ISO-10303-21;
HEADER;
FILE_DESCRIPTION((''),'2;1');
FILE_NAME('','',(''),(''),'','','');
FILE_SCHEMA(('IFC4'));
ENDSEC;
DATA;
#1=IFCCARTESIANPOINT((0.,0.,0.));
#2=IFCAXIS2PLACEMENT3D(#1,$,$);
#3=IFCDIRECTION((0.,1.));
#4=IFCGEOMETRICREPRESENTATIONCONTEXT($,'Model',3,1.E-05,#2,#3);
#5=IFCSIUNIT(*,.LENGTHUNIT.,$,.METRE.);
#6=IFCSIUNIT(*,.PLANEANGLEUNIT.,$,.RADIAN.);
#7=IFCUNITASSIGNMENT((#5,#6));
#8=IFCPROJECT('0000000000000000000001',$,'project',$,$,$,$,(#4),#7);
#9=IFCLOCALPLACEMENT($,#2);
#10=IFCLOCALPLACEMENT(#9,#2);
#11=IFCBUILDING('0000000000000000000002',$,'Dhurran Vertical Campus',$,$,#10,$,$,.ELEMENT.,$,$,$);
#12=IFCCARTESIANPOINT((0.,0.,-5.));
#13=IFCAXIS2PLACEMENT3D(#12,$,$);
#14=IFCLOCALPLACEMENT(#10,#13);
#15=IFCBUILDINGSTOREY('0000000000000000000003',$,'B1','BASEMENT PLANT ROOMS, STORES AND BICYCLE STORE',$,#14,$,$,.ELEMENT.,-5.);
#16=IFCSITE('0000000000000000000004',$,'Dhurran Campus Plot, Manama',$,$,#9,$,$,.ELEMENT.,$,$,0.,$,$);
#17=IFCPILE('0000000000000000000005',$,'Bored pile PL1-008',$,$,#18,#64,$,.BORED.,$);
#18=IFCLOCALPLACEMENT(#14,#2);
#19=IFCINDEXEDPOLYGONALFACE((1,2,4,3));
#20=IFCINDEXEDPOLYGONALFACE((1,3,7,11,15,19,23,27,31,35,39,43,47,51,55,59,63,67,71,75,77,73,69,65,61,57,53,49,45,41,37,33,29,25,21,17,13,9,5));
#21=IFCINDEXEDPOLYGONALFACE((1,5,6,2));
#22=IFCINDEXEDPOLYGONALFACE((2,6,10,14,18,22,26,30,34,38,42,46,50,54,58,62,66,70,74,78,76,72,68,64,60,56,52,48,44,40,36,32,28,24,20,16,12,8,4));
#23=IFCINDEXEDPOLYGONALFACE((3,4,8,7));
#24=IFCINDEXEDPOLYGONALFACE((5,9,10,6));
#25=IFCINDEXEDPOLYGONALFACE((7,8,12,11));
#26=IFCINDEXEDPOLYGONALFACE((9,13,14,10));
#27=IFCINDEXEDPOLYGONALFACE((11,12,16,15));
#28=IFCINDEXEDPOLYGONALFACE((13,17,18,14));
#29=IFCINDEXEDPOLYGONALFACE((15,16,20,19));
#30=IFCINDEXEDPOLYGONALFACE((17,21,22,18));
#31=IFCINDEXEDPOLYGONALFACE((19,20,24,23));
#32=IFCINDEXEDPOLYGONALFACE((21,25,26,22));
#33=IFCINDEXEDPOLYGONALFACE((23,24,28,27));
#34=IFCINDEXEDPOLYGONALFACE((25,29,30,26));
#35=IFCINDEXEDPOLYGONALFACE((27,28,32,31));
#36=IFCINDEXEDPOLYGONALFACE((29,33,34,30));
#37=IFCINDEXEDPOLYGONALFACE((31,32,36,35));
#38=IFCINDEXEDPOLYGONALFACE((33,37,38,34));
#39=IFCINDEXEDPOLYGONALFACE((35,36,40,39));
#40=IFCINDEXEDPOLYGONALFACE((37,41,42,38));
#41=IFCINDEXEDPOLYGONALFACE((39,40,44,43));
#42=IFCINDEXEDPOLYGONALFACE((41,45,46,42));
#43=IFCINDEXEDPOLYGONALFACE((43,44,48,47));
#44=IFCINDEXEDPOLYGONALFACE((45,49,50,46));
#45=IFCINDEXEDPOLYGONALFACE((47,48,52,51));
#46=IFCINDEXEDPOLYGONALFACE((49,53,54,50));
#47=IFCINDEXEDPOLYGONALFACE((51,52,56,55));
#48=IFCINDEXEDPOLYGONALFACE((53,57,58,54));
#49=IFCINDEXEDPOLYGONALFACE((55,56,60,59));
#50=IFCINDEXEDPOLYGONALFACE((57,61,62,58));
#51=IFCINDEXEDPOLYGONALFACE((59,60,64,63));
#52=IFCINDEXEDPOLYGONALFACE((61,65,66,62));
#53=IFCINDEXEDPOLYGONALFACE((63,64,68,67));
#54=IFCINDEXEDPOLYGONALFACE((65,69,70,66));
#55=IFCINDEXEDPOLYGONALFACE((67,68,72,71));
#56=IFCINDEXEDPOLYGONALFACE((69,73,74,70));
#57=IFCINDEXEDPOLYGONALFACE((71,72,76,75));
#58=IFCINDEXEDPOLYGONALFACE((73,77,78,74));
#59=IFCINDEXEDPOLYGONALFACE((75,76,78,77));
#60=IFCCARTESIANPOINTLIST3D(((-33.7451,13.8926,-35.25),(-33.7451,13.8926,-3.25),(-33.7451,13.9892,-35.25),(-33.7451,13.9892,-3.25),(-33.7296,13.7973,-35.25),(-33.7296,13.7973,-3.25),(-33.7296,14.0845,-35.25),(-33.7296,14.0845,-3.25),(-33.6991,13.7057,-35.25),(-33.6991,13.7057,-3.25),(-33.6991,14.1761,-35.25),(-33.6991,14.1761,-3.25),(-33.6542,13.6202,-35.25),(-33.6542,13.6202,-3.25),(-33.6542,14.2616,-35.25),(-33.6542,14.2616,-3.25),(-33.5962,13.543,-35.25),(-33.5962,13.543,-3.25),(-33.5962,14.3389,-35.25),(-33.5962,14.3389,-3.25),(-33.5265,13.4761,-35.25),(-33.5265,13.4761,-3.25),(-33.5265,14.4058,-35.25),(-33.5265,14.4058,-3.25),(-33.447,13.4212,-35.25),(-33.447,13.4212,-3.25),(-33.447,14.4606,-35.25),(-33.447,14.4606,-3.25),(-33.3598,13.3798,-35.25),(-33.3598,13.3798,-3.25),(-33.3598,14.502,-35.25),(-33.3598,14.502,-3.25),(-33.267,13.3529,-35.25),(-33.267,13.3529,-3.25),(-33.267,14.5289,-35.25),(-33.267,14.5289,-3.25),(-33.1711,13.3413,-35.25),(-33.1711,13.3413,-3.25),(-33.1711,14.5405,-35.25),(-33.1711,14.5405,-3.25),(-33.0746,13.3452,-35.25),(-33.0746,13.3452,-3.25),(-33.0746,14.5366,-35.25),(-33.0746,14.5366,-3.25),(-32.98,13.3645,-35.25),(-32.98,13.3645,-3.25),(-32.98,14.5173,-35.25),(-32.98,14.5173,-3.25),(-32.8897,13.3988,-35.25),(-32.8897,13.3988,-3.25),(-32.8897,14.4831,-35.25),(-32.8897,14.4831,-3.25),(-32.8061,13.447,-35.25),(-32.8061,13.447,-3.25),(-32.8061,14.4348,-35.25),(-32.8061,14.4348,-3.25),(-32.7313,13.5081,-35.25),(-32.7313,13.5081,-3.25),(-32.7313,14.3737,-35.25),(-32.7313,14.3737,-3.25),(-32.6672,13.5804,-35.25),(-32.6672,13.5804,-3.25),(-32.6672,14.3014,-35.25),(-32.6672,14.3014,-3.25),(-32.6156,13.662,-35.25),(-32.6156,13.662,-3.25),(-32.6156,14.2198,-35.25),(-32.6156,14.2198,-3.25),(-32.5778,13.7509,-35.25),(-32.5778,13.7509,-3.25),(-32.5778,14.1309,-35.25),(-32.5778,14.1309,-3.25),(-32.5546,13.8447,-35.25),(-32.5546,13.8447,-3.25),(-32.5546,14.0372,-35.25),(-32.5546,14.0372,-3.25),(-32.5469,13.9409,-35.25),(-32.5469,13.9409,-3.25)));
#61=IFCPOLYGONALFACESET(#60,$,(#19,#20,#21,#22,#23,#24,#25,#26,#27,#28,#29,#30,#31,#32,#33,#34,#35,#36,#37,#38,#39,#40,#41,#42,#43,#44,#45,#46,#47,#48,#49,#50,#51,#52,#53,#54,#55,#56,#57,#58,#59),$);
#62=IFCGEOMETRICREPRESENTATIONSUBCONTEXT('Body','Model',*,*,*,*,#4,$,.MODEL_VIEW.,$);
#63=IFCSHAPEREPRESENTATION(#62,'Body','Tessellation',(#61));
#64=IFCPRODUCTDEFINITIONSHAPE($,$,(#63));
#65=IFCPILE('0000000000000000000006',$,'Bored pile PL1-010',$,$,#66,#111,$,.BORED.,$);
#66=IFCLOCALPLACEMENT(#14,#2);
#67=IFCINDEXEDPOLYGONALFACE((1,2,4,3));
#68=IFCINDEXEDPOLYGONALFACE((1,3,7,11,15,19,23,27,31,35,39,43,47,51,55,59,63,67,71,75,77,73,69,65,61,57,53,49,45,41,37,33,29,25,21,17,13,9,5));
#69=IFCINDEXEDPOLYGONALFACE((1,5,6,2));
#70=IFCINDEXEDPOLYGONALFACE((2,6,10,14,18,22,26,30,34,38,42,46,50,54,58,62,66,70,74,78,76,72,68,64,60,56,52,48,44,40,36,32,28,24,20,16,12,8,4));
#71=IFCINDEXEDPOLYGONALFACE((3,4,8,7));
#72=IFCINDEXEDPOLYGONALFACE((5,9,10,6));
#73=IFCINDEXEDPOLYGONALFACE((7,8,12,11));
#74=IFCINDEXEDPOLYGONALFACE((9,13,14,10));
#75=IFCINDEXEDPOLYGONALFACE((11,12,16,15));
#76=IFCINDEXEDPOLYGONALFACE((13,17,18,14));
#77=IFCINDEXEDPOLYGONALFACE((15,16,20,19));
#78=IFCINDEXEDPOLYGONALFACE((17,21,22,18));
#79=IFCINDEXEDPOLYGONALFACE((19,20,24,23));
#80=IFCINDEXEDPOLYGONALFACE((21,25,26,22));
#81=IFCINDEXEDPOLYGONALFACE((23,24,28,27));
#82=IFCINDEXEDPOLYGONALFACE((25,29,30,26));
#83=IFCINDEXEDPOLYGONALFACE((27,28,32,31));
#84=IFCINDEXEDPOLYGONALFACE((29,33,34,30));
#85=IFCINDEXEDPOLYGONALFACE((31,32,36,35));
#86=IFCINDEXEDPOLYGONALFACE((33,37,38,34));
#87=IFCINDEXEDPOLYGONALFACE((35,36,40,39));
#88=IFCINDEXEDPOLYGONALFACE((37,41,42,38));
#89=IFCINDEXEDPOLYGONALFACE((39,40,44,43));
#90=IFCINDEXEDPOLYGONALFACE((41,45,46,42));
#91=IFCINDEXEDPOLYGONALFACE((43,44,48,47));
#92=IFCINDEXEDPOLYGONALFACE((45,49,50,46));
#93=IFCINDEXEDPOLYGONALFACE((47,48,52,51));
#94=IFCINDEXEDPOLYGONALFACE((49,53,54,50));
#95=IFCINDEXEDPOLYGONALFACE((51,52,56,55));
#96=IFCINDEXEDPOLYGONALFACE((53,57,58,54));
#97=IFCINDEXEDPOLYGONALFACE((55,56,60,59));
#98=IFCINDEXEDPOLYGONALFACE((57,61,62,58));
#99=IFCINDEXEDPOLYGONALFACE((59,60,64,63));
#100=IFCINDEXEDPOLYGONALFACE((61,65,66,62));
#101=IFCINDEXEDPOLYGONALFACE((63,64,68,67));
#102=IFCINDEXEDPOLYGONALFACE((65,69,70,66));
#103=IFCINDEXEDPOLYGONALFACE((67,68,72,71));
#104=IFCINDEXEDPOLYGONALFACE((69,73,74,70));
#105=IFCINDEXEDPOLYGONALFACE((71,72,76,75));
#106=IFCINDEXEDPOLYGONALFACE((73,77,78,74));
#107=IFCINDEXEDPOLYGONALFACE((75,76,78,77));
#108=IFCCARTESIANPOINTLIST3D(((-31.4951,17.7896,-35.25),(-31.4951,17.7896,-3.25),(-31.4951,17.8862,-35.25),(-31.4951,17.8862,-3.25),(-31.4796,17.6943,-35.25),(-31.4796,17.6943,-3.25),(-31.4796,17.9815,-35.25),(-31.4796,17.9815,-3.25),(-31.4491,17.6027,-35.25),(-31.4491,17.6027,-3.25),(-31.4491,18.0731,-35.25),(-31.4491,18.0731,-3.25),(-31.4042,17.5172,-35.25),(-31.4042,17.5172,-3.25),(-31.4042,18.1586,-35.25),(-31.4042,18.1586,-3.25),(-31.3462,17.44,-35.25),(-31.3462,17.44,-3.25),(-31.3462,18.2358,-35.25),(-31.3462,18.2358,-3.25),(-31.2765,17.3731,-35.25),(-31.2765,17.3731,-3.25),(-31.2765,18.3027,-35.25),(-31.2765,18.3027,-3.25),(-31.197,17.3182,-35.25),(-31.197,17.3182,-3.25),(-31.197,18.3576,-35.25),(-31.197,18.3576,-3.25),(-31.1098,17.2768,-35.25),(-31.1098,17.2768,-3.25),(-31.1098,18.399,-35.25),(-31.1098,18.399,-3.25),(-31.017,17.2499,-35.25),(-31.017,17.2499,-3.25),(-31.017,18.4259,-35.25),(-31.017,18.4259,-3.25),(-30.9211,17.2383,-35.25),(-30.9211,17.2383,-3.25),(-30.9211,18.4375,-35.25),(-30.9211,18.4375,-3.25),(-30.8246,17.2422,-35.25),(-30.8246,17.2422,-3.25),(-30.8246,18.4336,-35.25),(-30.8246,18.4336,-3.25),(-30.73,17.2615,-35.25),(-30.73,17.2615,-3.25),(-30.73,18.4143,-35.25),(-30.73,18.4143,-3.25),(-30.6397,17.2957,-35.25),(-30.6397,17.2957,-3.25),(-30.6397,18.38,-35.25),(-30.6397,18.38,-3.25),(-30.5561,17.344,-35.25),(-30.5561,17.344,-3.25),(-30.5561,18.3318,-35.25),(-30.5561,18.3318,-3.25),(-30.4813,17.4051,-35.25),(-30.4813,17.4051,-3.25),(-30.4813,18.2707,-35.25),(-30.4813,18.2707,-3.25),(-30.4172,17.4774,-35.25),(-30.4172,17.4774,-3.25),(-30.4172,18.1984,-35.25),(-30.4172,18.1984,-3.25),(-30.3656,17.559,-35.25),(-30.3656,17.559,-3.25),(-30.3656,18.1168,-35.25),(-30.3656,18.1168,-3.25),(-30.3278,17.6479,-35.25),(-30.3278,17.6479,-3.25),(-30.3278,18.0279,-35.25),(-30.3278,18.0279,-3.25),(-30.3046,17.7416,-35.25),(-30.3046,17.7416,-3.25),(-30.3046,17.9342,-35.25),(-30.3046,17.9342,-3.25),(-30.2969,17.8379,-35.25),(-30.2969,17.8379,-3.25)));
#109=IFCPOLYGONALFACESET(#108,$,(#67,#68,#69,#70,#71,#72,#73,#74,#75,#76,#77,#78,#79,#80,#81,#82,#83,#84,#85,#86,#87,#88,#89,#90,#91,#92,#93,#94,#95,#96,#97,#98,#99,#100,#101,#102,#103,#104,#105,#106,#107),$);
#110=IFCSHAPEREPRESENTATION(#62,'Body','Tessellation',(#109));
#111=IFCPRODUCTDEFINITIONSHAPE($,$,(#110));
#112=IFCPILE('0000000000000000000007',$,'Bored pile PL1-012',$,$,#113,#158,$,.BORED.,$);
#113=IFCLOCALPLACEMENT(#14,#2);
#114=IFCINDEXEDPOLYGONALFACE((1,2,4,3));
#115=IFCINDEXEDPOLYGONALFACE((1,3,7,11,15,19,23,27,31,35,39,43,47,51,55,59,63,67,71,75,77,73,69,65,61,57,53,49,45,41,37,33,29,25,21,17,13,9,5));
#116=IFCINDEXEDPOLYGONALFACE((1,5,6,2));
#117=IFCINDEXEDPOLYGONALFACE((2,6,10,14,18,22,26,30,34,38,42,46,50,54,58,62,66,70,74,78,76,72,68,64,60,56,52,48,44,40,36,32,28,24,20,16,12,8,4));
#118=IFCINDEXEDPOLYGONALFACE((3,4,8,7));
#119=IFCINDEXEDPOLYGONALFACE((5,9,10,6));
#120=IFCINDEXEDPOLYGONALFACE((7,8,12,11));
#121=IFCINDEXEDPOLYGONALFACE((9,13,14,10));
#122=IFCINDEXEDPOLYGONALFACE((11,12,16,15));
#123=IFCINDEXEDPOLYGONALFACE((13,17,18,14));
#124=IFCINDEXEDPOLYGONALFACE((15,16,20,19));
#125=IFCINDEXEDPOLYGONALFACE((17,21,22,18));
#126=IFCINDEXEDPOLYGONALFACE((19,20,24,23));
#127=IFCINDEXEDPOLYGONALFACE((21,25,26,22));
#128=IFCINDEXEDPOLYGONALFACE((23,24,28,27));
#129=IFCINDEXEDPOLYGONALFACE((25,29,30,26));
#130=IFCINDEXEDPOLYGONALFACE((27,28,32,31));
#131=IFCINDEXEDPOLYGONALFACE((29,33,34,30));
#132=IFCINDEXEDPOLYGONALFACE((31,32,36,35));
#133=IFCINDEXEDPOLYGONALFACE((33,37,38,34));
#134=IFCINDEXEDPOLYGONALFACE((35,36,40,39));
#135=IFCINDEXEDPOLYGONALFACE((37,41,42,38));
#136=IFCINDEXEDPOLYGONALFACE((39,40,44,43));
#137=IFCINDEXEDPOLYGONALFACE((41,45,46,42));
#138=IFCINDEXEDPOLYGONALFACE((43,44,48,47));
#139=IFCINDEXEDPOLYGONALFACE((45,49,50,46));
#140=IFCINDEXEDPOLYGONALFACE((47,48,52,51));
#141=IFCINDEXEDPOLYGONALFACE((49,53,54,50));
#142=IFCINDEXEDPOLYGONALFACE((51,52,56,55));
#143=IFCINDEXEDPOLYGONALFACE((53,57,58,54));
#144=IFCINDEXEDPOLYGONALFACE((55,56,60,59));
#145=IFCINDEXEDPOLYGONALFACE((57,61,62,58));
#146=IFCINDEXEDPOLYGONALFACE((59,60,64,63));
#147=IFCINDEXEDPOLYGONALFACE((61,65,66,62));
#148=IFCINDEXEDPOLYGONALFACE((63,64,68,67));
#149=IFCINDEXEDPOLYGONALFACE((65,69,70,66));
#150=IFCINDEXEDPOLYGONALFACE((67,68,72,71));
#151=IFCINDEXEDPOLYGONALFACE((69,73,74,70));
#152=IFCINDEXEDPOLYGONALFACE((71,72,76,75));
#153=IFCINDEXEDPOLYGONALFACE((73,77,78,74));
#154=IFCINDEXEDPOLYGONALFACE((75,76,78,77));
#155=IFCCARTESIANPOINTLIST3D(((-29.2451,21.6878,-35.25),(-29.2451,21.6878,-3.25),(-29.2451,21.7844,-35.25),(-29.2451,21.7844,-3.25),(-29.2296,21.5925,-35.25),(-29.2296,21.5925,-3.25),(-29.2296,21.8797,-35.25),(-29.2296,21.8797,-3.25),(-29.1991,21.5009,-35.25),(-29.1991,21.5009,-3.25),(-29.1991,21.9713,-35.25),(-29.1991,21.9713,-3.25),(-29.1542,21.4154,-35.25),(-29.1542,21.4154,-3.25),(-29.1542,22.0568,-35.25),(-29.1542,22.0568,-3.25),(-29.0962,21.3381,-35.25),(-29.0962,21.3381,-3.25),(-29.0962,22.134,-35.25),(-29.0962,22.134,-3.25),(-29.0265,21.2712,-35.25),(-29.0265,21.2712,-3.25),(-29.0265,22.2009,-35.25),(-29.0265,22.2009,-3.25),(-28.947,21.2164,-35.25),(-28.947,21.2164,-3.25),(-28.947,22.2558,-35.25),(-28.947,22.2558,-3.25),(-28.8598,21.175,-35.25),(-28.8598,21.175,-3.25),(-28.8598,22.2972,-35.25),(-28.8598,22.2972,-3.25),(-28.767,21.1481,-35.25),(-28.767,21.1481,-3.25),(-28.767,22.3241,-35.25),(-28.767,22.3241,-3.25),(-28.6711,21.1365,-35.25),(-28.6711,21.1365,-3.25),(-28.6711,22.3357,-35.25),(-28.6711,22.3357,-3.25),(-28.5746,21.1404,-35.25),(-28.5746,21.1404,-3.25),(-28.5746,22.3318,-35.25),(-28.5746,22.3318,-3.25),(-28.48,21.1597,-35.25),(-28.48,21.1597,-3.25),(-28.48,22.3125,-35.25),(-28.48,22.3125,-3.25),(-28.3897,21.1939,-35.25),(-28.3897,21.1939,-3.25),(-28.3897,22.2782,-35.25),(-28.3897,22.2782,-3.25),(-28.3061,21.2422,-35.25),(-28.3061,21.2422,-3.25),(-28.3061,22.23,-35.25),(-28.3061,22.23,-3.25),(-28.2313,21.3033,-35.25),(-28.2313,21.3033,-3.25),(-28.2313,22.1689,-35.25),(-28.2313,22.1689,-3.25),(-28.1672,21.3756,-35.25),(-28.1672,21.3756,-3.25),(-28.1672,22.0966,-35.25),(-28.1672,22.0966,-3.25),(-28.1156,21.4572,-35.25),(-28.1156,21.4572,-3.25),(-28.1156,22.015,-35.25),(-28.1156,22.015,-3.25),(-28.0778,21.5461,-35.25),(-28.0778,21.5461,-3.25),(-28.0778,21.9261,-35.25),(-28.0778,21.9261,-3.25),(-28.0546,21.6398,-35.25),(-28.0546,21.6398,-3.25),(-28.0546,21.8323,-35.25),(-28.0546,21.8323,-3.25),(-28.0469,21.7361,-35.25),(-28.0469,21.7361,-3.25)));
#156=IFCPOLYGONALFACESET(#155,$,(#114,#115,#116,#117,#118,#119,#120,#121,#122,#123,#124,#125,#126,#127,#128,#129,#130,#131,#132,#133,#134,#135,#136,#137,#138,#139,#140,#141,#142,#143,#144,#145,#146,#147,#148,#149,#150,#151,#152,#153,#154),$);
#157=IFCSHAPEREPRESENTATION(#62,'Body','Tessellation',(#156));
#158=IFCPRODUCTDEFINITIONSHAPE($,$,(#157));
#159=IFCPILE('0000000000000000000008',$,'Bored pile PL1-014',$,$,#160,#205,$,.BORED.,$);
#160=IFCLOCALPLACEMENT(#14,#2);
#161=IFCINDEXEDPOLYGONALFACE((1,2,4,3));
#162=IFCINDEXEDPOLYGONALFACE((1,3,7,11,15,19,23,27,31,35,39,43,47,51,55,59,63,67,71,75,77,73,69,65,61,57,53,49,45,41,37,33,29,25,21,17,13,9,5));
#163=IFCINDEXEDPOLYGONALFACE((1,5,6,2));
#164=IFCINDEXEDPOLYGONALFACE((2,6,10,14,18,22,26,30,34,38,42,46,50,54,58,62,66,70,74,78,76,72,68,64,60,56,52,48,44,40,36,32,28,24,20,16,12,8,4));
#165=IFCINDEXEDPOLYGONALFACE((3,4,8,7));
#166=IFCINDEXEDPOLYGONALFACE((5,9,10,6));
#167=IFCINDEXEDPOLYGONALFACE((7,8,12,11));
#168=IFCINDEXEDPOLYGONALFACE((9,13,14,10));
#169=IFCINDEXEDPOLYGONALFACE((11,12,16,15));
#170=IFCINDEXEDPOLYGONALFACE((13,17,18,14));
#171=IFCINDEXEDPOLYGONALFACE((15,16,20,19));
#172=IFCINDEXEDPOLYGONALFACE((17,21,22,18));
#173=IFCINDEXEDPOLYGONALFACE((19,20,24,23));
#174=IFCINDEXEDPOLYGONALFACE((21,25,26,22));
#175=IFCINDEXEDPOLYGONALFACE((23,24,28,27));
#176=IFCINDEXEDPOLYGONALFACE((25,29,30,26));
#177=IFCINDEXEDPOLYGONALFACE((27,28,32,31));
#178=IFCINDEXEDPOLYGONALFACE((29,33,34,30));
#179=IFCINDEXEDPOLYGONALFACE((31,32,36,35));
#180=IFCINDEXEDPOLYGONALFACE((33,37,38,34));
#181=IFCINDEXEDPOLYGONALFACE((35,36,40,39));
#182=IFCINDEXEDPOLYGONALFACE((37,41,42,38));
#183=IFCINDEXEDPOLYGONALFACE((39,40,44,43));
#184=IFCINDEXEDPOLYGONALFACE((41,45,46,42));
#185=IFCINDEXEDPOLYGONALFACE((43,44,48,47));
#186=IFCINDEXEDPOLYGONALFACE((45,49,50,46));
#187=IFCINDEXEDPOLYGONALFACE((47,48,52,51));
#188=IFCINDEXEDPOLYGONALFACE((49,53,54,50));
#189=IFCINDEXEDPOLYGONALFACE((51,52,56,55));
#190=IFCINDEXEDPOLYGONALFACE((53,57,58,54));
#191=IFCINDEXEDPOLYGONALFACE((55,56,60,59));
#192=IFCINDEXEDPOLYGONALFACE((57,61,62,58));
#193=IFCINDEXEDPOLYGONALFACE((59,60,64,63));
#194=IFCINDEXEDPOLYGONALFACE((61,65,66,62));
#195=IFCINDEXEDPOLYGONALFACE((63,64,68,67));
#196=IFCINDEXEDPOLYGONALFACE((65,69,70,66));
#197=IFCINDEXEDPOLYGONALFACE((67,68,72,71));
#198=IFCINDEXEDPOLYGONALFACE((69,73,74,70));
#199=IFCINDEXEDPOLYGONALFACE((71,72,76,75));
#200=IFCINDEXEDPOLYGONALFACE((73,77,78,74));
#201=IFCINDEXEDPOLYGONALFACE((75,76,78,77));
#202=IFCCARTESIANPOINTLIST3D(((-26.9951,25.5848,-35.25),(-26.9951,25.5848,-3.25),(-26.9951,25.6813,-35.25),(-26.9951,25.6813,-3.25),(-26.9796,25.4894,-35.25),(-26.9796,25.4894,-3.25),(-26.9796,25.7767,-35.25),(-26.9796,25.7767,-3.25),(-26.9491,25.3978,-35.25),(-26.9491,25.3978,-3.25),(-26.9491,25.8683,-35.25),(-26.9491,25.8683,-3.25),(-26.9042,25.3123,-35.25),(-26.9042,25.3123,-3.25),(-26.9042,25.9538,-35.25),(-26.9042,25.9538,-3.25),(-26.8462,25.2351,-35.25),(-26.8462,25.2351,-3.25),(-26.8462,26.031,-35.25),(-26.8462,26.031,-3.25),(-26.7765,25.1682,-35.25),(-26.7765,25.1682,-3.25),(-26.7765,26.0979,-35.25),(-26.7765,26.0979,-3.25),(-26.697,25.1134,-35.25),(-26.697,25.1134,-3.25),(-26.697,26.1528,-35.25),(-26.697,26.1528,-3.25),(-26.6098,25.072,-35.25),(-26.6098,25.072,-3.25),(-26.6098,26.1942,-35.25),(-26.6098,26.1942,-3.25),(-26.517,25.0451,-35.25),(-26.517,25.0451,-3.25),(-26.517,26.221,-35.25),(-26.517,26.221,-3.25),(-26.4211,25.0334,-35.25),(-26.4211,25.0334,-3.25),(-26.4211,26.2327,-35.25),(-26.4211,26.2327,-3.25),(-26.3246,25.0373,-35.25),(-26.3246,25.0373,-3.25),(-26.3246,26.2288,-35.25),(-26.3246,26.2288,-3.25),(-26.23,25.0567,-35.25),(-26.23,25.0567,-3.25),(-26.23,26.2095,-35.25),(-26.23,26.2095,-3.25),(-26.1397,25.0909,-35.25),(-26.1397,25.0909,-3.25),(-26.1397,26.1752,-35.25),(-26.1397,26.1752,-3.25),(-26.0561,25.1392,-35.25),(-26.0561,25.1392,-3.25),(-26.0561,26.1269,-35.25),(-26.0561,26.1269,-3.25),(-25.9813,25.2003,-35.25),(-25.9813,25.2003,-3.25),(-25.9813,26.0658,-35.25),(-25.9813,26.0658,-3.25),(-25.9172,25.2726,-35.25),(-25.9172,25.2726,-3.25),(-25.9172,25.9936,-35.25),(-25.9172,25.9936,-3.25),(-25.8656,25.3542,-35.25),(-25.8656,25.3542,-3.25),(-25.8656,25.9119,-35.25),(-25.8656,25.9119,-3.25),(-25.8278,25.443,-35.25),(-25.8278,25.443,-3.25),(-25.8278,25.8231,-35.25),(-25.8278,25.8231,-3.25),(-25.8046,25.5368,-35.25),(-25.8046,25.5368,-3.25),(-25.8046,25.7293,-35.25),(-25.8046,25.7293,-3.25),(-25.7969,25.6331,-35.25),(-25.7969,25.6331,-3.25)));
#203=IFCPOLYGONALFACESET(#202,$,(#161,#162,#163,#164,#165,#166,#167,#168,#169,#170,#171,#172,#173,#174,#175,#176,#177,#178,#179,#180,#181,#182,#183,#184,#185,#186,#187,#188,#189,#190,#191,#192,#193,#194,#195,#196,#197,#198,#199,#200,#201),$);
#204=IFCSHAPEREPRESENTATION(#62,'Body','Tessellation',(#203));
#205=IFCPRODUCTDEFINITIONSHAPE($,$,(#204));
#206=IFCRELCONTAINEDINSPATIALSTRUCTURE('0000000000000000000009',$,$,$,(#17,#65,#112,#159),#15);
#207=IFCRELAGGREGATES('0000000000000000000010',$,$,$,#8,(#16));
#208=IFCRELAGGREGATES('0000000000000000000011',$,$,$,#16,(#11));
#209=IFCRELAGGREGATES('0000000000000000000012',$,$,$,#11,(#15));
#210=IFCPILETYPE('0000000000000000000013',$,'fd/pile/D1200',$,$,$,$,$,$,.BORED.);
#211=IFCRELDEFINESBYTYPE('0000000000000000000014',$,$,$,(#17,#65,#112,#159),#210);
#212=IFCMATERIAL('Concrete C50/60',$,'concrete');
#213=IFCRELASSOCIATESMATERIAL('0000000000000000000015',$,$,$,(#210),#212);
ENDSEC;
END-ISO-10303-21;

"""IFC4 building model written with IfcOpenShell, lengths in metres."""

from ifc_helpers import new_model, si_unit, direction, frame, origin, origin_2d, place, context, subcontext, project, spatial, circle, extrude, material, material_profile, profile_set, type_object, element, save


model = new_model("IFC4")

# Units and contexts
model_context = context("Model", 3, precision=1e-05, world=origin(), true_north=direction((0.0, 1.0)))
body_context = subcontext(model_context, "Body", "Model", "MODEL_VIEW")
ifc_project = project(units=[si_unit("LENGTHUNIT", "METRE"), si_unit("PLANEANGLEUNIT", "RADIAN")], contexts=[model_context])

# Site, building, storey
site_placement = place(None, origin())
site = spatial("IfcSite", under=ifc_project, at=site_placement, Name="Dhurran Campus Plot, Manama", CompositionType="ELEMENT", RefElevation=0.0)
building_placement = place(site_placement, origin())
building = spatial("IfcBuilding", under=site, at=building_placement, Name="Dhurran Vertical Campus", CompositionType="ELEMENT")
storey_placement = place(building_placement, frame((0.0, 0.0, -5.0)))
storey = spatial("IfcBuildingStorey", under=building, at=storey_placement, Name="B1", Description="BASEMENT PLANT ROOMS, STORES AND BICYCLE STORE", CompositionType="ELEMENT", Elevation=-5.0)

# Piles
ifc_material_1 = material(Name="Concrete C50/60", Category="concrete")
ifc_material_profile_1 = material_profile(ifc_material_1, circle(Radius=0.6001, at=origin_2d()), Name="fd/pile/D1200")
ifc_profile_set_1 = profile_set([ifc_material_profile_1], Name="Concrete C50/60")
pile_type = type_object("IfcPileType", Name="fd/pile/D1200", PredefinedType="BORED", material=ifc_profile_set_1)
for number, where, z_axis, x_axis, name in (
    (1, (-33.147, 13.9409, -3.25), (0.0, 0.0, -1.0), (1.0, 0.0, 0.0), "Bored pile PL1-008"),
    (2, (-30.897, 17.8379, -3.25), (0.0, 0.0, -1.0), (1.0, 0.0, 0.0), "Bored pile PL1-010"),
    (3, (-28.647, 21.7361, -3.25), (0.0, 0.0, -1.0), (1.0, 0.0, 0.0), "Bored pile PL1-012"),
    (4, (-26.397, 25.6331, -3.25), (0.0, 0.0, -1.0), (1.0, 0.0, 0.0), "Bored pile PL1-014"),
):
    element("IfcPile", number, at=place(storey_placement, frame(where, z_axis=z_axis, x_axis=x_axis)), inside=storey, type_object=pile_type, Name=name, PredefinedType="BORED", context=body_context, shape_type="SweptSolid", body=[
        extrude(circle(Radius=0.6001, at=origin_2d()), origin(), (0.0, 0.0, 1.0), 32.0),
    ])

save(model, "model.ifc")
